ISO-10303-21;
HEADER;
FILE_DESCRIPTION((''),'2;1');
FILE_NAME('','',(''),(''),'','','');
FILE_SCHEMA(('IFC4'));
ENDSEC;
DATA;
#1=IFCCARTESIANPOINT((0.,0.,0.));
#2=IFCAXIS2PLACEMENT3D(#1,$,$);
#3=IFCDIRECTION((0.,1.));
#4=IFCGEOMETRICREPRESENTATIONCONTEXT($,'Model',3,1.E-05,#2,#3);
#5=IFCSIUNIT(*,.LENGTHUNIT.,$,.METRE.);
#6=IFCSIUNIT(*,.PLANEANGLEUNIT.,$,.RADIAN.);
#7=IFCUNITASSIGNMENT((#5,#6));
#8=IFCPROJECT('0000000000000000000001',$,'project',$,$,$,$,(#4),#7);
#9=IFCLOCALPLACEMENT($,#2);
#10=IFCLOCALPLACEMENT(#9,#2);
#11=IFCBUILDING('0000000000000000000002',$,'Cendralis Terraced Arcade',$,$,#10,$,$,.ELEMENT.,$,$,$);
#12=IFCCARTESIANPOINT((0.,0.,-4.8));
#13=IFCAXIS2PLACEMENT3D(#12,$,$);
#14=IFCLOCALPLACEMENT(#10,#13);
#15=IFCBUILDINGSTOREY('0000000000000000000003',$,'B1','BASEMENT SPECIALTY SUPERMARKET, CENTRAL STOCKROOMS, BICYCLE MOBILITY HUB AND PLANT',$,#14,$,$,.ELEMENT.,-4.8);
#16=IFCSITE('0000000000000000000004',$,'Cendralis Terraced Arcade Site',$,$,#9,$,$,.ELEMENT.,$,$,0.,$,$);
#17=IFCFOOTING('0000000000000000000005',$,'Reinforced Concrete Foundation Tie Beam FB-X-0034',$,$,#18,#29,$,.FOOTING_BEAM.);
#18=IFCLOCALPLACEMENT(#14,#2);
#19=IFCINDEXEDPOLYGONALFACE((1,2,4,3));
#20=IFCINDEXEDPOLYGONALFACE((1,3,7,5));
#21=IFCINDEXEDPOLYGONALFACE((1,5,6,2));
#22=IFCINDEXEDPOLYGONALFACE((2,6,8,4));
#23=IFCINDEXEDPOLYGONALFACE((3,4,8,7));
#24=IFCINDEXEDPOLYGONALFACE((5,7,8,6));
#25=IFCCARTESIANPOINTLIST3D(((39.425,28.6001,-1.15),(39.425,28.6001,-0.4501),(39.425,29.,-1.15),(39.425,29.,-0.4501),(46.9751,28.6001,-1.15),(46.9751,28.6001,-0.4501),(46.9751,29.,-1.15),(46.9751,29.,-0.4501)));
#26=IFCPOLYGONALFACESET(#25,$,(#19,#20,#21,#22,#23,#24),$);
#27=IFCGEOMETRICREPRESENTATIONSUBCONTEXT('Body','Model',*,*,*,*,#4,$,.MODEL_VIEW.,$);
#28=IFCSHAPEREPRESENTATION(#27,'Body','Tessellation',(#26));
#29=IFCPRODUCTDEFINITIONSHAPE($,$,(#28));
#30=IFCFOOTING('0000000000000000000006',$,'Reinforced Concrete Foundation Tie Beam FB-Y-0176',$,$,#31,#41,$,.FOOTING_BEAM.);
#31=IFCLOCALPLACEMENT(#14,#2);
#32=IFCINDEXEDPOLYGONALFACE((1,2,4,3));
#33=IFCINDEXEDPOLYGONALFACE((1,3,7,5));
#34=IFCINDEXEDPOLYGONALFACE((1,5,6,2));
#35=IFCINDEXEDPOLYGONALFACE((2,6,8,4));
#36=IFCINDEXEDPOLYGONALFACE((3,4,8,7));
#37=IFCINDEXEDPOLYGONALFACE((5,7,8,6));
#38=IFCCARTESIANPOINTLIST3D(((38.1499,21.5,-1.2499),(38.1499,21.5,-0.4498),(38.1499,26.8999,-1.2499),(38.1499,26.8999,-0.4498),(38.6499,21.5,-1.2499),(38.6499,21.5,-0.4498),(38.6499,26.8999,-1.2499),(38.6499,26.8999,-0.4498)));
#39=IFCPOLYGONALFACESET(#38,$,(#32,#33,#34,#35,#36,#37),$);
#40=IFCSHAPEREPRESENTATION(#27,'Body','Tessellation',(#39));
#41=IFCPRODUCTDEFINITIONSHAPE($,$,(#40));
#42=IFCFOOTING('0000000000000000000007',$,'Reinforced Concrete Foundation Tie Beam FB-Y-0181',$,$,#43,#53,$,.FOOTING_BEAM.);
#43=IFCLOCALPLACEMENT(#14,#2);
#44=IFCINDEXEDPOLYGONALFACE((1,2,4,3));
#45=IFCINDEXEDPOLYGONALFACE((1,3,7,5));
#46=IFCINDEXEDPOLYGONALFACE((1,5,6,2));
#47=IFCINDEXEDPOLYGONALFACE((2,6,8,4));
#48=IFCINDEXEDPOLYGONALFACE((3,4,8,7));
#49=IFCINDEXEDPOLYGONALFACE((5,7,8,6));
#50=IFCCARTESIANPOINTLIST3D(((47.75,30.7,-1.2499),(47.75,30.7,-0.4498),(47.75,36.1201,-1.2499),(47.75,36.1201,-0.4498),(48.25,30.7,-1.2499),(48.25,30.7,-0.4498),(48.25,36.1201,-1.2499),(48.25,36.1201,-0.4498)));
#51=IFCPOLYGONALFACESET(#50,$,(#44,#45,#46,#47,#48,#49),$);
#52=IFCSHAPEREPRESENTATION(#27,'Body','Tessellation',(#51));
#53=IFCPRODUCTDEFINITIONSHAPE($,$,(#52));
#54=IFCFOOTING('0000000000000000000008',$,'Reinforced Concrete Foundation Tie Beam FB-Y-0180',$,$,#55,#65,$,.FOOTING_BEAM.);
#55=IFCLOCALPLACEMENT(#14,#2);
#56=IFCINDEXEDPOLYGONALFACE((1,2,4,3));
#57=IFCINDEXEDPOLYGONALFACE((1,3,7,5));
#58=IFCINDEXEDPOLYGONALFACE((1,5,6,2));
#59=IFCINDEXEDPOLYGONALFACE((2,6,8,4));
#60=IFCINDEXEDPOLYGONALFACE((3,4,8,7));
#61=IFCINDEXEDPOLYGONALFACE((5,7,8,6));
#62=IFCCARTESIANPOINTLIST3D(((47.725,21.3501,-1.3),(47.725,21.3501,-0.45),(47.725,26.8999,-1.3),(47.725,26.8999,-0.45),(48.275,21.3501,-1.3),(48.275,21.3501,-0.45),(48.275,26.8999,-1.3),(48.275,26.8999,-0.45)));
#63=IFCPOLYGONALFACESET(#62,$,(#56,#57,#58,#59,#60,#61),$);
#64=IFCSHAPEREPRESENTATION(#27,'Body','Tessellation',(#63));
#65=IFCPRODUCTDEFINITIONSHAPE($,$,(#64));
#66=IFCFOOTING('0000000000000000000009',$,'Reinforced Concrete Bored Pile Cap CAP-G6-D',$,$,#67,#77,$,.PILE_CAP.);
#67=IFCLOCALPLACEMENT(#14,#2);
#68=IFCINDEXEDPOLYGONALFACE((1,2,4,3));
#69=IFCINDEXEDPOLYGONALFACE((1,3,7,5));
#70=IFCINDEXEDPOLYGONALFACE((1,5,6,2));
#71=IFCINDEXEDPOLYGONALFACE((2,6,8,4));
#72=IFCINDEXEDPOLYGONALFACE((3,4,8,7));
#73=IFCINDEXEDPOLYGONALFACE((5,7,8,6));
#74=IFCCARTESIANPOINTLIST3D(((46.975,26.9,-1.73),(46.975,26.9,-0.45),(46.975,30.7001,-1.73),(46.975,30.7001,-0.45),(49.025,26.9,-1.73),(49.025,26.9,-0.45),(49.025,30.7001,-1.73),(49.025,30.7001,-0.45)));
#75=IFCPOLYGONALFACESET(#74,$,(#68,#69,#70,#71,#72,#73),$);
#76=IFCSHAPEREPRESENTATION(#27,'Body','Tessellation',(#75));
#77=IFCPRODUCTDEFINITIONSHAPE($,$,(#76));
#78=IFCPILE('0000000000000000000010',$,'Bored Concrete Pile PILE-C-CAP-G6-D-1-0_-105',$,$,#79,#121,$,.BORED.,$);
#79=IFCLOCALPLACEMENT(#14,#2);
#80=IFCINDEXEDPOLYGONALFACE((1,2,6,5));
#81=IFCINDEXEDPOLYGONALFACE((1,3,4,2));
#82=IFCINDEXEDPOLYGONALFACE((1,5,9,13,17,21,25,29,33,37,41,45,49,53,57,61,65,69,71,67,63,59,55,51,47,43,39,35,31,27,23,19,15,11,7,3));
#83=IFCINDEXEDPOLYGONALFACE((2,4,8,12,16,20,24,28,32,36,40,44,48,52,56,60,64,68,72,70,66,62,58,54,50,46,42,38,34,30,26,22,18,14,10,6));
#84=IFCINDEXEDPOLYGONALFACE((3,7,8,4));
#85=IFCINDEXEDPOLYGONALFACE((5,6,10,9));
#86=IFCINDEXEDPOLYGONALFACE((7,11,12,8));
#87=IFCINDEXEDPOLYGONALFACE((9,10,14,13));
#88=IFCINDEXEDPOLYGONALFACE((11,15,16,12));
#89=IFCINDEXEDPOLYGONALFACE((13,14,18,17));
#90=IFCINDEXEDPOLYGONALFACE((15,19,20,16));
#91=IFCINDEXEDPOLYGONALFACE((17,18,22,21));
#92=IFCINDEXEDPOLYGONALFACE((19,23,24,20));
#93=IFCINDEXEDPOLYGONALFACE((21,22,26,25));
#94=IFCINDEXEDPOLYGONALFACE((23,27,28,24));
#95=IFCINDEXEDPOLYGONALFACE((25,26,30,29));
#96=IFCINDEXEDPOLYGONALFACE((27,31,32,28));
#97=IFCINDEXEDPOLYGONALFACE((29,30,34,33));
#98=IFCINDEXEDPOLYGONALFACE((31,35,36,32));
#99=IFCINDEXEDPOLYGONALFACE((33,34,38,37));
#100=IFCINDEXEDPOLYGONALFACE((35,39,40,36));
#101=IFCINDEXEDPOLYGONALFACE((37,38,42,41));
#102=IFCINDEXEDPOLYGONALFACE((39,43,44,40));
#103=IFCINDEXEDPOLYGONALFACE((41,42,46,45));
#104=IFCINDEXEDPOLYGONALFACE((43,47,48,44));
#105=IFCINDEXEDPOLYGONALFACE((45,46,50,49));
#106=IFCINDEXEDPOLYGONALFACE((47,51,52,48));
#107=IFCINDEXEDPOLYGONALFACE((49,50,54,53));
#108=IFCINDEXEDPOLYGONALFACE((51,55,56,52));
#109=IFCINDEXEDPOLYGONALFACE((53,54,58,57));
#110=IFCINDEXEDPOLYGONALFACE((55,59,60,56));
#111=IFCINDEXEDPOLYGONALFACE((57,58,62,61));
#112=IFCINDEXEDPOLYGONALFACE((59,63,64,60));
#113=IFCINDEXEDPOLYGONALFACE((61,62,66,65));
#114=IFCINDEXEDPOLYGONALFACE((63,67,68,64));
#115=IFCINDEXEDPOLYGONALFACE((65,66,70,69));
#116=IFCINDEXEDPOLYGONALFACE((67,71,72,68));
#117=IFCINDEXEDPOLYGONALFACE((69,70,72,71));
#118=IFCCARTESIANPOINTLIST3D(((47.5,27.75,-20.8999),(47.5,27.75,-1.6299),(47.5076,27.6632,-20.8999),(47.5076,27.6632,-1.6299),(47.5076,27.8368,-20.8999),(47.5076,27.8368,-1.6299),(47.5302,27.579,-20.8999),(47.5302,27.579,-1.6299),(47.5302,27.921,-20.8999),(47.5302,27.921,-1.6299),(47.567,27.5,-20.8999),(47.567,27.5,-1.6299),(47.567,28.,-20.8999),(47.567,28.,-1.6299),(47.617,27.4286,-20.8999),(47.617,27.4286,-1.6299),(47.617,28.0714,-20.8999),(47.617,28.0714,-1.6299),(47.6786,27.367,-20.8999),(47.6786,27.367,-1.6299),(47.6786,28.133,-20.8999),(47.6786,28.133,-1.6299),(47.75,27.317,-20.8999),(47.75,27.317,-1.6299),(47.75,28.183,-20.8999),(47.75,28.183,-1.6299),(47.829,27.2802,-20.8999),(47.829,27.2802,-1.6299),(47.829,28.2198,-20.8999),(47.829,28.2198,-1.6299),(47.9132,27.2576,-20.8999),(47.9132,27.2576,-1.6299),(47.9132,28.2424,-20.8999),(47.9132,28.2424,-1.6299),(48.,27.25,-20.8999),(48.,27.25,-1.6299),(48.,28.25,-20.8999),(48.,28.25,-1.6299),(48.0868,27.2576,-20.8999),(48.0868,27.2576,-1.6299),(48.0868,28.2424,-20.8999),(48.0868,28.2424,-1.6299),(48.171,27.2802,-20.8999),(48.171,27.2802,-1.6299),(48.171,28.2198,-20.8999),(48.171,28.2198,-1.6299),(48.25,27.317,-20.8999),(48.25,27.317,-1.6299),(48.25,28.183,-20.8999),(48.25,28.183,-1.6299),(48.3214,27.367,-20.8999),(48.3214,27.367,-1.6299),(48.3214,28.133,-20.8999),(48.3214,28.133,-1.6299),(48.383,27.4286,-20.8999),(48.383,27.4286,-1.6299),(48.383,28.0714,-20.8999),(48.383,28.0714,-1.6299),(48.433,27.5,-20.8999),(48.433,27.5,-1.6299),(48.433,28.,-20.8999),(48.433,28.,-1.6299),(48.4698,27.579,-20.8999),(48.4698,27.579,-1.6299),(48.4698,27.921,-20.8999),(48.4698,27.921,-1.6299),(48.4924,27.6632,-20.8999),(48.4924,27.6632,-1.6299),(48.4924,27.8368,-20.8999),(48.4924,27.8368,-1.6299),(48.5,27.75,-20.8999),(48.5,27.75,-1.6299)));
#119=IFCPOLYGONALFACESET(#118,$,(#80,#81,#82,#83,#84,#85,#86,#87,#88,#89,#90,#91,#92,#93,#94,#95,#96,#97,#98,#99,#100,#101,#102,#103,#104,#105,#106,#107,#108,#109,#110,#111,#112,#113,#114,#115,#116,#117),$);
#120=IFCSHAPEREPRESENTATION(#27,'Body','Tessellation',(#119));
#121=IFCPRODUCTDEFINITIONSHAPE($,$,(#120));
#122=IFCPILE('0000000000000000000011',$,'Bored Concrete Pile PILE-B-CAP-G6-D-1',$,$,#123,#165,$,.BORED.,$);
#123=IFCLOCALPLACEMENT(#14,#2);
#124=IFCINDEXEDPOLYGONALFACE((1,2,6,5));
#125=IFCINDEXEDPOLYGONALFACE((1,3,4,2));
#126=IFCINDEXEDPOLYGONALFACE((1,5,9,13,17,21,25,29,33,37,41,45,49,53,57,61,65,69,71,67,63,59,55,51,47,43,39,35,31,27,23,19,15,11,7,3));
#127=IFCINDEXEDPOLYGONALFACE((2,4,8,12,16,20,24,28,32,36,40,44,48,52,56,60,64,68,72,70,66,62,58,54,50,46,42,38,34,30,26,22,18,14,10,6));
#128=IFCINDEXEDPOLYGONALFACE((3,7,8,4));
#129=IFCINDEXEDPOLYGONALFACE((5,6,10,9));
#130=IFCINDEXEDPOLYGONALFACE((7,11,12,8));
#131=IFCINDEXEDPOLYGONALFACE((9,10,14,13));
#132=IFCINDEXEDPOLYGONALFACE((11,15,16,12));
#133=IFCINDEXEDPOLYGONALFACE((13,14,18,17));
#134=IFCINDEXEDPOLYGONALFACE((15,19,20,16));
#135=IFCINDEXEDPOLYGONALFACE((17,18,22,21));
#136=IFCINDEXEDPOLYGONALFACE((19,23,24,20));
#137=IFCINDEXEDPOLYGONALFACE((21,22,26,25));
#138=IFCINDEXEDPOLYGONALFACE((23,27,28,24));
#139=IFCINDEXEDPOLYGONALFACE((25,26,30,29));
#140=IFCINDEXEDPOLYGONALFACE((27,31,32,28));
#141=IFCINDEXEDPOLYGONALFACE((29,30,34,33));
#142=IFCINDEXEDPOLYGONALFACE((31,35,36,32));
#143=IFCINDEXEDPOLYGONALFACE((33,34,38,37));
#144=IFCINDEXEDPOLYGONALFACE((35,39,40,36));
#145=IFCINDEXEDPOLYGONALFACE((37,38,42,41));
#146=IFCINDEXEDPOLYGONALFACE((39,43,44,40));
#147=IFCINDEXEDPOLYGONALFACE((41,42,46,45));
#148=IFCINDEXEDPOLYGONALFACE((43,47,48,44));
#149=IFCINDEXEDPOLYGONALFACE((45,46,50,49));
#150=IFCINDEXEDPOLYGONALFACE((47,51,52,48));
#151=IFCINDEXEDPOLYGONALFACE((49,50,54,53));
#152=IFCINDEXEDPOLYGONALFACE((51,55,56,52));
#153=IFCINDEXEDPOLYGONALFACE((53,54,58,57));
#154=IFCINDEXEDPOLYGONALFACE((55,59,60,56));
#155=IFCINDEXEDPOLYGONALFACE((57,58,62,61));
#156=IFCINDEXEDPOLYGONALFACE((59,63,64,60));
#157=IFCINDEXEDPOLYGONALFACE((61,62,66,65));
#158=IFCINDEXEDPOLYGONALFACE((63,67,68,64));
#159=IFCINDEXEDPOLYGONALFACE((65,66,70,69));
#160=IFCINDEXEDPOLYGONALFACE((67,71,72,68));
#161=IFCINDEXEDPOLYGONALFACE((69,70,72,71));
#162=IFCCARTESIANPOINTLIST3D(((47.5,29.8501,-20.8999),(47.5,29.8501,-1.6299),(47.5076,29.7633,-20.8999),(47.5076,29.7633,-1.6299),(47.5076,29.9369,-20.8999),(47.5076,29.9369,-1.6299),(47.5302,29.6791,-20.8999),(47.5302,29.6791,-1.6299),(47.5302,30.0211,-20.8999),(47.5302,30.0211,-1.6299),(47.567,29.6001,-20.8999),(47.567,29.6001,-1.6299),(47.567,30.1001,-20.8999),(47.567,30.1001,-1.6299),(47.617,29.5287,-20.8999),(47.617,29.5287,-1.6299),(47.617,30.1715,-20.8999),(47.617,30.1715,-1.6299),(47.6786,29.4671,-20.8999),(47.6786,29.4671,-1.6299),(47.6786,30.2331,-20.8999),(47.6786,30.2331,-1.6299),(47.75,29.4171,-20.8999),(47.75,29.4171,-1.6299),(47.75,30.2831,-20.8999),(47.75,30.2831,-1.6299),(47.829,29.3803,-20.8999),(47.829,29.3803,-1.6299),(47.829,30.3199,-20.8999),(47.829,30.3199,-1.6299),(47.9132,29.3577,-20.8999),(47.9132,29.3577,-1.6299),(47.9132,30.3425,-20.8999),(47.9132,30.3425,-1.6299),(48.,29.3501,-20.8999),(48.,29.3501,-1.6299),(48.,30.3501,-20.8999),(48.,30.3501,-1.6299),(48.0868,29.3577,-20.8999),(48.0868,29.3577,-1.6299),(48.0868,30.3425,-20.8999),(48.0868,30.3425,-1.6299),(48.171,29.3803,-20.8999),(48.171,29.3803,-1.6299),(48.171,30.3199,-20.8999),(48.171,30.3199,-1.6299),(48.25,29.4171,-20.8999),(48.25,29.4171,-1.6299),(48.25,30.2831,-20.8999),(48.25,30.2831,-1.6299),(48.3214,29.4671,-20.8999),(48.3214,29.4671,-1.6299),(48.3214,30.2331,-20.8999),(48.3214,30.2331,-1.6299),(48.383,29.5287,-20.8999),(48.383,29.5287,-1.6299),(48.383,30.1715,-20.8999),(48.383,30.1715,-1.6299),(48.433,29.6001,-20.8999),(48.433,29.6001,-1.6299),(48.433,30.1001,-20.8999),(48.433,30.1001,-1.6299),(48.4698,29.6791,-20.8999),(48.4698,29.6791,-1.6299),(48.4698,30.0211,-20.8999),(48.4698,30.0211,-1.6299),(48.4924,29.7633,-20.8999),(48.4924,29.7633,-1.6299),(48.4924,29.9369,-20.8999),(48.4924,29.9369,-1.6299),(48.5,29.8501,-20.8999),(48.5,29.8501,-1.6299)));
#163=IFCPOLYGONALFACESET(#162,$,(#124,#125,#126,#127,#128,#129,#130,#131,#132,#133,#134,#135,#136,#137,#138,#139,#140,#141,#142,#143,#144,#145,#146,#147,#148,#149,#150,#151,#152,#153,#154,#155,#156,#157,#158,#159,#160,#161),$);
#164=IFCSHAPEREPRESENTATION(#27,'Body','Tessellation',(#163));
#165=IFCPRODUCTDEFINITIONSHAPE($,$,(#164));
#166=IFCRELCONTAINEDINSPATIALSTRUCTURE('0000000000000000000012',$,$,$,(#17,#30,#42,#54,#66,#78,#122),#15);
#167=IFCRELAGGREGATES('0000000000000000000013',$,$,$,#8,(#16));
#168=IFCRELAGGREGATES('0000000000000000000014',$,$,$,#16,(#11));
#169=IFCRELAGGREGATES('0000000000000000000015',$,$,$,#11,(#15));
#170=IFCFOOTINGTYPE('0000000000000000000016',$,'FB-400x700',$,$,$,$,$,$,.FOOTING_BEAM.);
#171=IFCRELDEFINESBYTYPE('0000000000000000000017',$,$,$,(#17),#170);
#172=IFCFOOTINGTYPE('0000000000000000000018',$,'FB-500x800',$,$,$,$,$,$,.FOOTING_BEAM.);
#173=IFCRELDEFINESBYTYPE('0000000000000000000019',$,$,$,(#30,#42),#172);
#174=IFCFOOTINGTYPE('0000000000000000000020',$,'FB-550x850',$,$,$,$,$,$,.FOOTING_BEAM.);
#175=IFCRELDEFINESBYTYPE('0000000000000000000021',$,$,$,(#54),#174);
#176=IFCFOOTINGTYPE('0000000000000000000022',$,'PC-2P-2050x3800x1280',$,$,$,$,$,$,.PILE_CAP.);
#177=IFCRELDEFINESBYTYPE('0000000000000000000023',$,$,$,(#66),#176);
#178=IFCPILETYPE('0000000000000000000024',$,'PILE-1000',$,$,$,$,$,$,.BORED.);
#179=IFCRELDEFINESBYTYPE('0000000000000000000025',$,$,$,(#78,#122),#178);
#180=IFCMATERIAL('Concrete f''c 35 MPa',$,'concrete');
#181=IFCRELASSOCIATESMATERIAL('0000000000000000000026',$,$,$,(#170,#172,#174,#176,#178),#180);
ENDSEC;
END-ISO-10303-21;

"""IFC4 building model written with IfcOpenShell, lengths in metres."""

from ifc_helpers import new_model, si_unit, direction, frame, origin, origin_2d, place, context, subcontext, project, spatial, rectangle, circle, extrude, material, material_profile, profile_set, type_object, element, save


model = new_model("IFC4")

# Units and contexts
model_context = context("Model", 3, precision=1e-05, world=origin(), true_north=direction((0.0, 1.0)))
body_context = subcontext(model_context, "Body", "Model", "MODEL_VIEW")
ifc_project = project(units=[si_unit("LENGTHUNIT", "METRE"), si_unit("PLANEANGLEUNIT", "RADIAN")], contexts=[model_context])

# Site, building, storey
site_placement = place(None, origin())
site = spatial("IfcSite", under=ifc_project, at=site_placement, Name="Cendralis Terraced Arcade Site", CompositionType="ELEMENT", RefElevation=0.0)
building_placement = place(site_placement, origin())
building = spatial("IfcBuilding", under=site, at=building_placement, Name="Cendralis Terraced Arcade", CompositionType="ELEMENT")
storey_placement = place(building_placement, frame((0.0, 0.0, -4.8)))
storey = spatial("IfcBuildingStorey", under=building, at=storey_placement, Name="B1", Description="BASEMENT SPECIALTY SUPERMARKET, CENTRAL STOCKROOMS, BICYCLE MOBILITY HUB AND PLANT", CompositionType="ELEMENT", Elevation=-4.8)

# Footings
ifc_material_1 = material(Name="Concrete f'c 35 MPa", Category="concrete")
ifc_material_profile_1 = material_profile(ifc_material_1, rectangle(XDim=0.3999, YDim=0.7, at=origin_2d()), Name="FB-400x700", Category="LoadBearing")
ifc_profile_set_1 = profile_set([ifc_material_profile_1], Name="Concrete f'c 35 MPa")
footing_type_1 = type_object("IfcFootingType", Name="FB-400x700", PredefinedType="FOOTING_BEAM", material=ifc_profile_set_1)
footing_1_placement = place(storey_placement, frame((39.425, 28.8, -0.8), z_axis=(1.0, 0.0, 0.0), x_axis=(0.0, 1.0, 0.0)))
element("IfcFooting", 1, at=footing_1_placement, inside=storey, type_object=footing_type_1, Name="Reinforced Concrete Foundation Tie Beam FB-X-0034", PredefinedType="FOOTING_BEAM", context=body_context, shape_type="SweptSolid", body=[
    extrude(rectangle(XDim=0.3999, YDim=0.7, at=origin_2d()), origin(), (0.0, 0.0, 1.0), 7.55),
])
ifc_material_profile_2 = material_profile(ifc_material_1, rectangle(XDim=0.5, YDim=0.8, at=origin_2d()), Name="FB-500x800", Category="LoadBearing")
ifc_profile_set_2 = profile_set([ifc_material_profile_2], Name="Concrete f'c 35 MPa")
footing_type_2 = type_object("IfcFootingType", Name="FB-500x800", PredefinedType="FOOTING_BEAM", material=ifc_profile_set_2)
footing_2_placement = place(storey_placement, frame((38.3999, 21.5, -0.8499), z_axis=(0.0, 1.0, 0.0), x_axis=(-1.0, 0.0, 0.0)))
element("IfcFooting", 2, at=footing_2_placement, inside=storey, type_object=footing_type_2, Name="Reinforced Concrete Foundation Tie Beam FB-Y-0176", PredefinedType="FOOTING_BEAM", context=body_context, shape_type="SweptSolid", body=[
    extrude(rectangle(XDim=0.5, YDim=0.8, at=origin_2d()), origin(), (0.0, 0.0, 1.0), 5.3999),
])
footing_3_placement = place(storey_placement, frame((48.0, 30.7, -0.8499), z_axis=(0.0, 1.0, 0.0), x_axis=(-1.0, 0.0, 0.0)))
element("IfcFooting", 3, at=footing_3_placement, inside=storey, type_object=footing_type_2, Name="Reinforced Concrete Foundation Tie Beam FB-Y-0181", PredefinedType="FOOTING_BEAM", context=body_context, shape_type="SweptSolid", body=[
    extrude(rectangle(XDim=0.5, YDim=0.8, at=origin_2d()), origin(), (0.0, 0.0, 1.0), 5.4202),
])
ifc_material_profile_3 = material_profile(ifc_material_1, rectangle(XDim=0.55, YDim=0.8501, at=origin_2d()), Name="FB-550x850", Category="LoadBearing")
ifc_profile_set_3 = profile_set([ifc_material_profile_3], Name="Concrete f'c 35 MPa")
footing_type_3 = type_object("IfcFootingType", Name="FB-550x850", PredefinedType="FOOTING_BEAM", material=ifc_profile_set_3)
footing_4_placement = place(storey_placement, frame((48.0, 21.3501, -0.875), z_axis=(0.0, 1.0, 0.0), x_axis=(-1.0, 0.0, 0.0)))
element("IfcFooting", 4, at=footing_4_placement, inside=storey, type_object=footing_type_3, Name="Reinforced Concrete Foundation Tie Beam FB-Y-0180", PredefinedType="FOOTING_BEAM", context=body_context, shape_type="SweptSolid", body=[
    extrude(rectangle(XDim=0.55, YDim=0.8501, at=origin_2d()), origin(), (0.0, 0.0, 1.0), 5.5498),
])
footing_type_4 = type_object("IfcFootingType", Name="PC-2P-2050x3800x1280", PredefinedType="PILE_CAP", material=ifc_material_1)
footing_5_placement = place(storey_placement, frame((48.0, 28.8, -1.73), z_axis=(0.0, 0.0, 1.0), x_axis=(1.0, 0.0, 0.0)))
element("IfcFooting", 5, at=footing_5_placement, inside=storey, type_object=footing_type_4, Name="Reinforced Concrete Bored Pile Cap CAP-G6-D", PredefinedType="PILE_CAP", context=body_context, shape_type="SweptSolid", body=[
    extrude(rectangle(XDim=2.05, YDim=3.8, at=origin_2d()), origin(), (0.0, 0.0, 1.0), 1.28),
])

# Piles
ifc_material_profile_4 = material_profile(ifc_material_1, circle(Radius=0.5, at=origin_2d()), Name="PILE-D1000", Category="LoadBearing")
ifc_profile_set_4 = profile_set([ifc_material_profile_4], Name="Concrete f'c 35 MPa")
pile_type_1 = type_object("IfcPileType", Name="PILE-1000", PredefinedType="BORED", material=ifc_profile_set_4)
for number, where, z_axis, x_axis, name in (
    (6, (48.0, 27.75, -1.6299), (0.0, 0.0, -1.0), (1.0, 0.0, 0.0), "Bored Concrete Pile PILE-C-CAP-G6-D-1-0_-105"),
    (7, (48.0, 29.8501, -1.6299), (0.0, 0.0, -1.0), (1.0, 0.0, 0.0), "Bored Concrete Pile PILE-B-CAP-G6-D-1"),
):
    element("IfcPile", number, at=place(storey_placement, frame(where, z_axis=z_axis, x_axis=x_axis)), inside=storey, type_object=pile_type_1, Name=name, PredefinedType="BORED", context=body_context, shape_type="SweptSolid", body=[
        extrude(circle(Radius=0.5, at=origin_2d()), origin(), (0.0, 0.0, 1.0), 19.27),
    ])

save(model, "model.ifc")
